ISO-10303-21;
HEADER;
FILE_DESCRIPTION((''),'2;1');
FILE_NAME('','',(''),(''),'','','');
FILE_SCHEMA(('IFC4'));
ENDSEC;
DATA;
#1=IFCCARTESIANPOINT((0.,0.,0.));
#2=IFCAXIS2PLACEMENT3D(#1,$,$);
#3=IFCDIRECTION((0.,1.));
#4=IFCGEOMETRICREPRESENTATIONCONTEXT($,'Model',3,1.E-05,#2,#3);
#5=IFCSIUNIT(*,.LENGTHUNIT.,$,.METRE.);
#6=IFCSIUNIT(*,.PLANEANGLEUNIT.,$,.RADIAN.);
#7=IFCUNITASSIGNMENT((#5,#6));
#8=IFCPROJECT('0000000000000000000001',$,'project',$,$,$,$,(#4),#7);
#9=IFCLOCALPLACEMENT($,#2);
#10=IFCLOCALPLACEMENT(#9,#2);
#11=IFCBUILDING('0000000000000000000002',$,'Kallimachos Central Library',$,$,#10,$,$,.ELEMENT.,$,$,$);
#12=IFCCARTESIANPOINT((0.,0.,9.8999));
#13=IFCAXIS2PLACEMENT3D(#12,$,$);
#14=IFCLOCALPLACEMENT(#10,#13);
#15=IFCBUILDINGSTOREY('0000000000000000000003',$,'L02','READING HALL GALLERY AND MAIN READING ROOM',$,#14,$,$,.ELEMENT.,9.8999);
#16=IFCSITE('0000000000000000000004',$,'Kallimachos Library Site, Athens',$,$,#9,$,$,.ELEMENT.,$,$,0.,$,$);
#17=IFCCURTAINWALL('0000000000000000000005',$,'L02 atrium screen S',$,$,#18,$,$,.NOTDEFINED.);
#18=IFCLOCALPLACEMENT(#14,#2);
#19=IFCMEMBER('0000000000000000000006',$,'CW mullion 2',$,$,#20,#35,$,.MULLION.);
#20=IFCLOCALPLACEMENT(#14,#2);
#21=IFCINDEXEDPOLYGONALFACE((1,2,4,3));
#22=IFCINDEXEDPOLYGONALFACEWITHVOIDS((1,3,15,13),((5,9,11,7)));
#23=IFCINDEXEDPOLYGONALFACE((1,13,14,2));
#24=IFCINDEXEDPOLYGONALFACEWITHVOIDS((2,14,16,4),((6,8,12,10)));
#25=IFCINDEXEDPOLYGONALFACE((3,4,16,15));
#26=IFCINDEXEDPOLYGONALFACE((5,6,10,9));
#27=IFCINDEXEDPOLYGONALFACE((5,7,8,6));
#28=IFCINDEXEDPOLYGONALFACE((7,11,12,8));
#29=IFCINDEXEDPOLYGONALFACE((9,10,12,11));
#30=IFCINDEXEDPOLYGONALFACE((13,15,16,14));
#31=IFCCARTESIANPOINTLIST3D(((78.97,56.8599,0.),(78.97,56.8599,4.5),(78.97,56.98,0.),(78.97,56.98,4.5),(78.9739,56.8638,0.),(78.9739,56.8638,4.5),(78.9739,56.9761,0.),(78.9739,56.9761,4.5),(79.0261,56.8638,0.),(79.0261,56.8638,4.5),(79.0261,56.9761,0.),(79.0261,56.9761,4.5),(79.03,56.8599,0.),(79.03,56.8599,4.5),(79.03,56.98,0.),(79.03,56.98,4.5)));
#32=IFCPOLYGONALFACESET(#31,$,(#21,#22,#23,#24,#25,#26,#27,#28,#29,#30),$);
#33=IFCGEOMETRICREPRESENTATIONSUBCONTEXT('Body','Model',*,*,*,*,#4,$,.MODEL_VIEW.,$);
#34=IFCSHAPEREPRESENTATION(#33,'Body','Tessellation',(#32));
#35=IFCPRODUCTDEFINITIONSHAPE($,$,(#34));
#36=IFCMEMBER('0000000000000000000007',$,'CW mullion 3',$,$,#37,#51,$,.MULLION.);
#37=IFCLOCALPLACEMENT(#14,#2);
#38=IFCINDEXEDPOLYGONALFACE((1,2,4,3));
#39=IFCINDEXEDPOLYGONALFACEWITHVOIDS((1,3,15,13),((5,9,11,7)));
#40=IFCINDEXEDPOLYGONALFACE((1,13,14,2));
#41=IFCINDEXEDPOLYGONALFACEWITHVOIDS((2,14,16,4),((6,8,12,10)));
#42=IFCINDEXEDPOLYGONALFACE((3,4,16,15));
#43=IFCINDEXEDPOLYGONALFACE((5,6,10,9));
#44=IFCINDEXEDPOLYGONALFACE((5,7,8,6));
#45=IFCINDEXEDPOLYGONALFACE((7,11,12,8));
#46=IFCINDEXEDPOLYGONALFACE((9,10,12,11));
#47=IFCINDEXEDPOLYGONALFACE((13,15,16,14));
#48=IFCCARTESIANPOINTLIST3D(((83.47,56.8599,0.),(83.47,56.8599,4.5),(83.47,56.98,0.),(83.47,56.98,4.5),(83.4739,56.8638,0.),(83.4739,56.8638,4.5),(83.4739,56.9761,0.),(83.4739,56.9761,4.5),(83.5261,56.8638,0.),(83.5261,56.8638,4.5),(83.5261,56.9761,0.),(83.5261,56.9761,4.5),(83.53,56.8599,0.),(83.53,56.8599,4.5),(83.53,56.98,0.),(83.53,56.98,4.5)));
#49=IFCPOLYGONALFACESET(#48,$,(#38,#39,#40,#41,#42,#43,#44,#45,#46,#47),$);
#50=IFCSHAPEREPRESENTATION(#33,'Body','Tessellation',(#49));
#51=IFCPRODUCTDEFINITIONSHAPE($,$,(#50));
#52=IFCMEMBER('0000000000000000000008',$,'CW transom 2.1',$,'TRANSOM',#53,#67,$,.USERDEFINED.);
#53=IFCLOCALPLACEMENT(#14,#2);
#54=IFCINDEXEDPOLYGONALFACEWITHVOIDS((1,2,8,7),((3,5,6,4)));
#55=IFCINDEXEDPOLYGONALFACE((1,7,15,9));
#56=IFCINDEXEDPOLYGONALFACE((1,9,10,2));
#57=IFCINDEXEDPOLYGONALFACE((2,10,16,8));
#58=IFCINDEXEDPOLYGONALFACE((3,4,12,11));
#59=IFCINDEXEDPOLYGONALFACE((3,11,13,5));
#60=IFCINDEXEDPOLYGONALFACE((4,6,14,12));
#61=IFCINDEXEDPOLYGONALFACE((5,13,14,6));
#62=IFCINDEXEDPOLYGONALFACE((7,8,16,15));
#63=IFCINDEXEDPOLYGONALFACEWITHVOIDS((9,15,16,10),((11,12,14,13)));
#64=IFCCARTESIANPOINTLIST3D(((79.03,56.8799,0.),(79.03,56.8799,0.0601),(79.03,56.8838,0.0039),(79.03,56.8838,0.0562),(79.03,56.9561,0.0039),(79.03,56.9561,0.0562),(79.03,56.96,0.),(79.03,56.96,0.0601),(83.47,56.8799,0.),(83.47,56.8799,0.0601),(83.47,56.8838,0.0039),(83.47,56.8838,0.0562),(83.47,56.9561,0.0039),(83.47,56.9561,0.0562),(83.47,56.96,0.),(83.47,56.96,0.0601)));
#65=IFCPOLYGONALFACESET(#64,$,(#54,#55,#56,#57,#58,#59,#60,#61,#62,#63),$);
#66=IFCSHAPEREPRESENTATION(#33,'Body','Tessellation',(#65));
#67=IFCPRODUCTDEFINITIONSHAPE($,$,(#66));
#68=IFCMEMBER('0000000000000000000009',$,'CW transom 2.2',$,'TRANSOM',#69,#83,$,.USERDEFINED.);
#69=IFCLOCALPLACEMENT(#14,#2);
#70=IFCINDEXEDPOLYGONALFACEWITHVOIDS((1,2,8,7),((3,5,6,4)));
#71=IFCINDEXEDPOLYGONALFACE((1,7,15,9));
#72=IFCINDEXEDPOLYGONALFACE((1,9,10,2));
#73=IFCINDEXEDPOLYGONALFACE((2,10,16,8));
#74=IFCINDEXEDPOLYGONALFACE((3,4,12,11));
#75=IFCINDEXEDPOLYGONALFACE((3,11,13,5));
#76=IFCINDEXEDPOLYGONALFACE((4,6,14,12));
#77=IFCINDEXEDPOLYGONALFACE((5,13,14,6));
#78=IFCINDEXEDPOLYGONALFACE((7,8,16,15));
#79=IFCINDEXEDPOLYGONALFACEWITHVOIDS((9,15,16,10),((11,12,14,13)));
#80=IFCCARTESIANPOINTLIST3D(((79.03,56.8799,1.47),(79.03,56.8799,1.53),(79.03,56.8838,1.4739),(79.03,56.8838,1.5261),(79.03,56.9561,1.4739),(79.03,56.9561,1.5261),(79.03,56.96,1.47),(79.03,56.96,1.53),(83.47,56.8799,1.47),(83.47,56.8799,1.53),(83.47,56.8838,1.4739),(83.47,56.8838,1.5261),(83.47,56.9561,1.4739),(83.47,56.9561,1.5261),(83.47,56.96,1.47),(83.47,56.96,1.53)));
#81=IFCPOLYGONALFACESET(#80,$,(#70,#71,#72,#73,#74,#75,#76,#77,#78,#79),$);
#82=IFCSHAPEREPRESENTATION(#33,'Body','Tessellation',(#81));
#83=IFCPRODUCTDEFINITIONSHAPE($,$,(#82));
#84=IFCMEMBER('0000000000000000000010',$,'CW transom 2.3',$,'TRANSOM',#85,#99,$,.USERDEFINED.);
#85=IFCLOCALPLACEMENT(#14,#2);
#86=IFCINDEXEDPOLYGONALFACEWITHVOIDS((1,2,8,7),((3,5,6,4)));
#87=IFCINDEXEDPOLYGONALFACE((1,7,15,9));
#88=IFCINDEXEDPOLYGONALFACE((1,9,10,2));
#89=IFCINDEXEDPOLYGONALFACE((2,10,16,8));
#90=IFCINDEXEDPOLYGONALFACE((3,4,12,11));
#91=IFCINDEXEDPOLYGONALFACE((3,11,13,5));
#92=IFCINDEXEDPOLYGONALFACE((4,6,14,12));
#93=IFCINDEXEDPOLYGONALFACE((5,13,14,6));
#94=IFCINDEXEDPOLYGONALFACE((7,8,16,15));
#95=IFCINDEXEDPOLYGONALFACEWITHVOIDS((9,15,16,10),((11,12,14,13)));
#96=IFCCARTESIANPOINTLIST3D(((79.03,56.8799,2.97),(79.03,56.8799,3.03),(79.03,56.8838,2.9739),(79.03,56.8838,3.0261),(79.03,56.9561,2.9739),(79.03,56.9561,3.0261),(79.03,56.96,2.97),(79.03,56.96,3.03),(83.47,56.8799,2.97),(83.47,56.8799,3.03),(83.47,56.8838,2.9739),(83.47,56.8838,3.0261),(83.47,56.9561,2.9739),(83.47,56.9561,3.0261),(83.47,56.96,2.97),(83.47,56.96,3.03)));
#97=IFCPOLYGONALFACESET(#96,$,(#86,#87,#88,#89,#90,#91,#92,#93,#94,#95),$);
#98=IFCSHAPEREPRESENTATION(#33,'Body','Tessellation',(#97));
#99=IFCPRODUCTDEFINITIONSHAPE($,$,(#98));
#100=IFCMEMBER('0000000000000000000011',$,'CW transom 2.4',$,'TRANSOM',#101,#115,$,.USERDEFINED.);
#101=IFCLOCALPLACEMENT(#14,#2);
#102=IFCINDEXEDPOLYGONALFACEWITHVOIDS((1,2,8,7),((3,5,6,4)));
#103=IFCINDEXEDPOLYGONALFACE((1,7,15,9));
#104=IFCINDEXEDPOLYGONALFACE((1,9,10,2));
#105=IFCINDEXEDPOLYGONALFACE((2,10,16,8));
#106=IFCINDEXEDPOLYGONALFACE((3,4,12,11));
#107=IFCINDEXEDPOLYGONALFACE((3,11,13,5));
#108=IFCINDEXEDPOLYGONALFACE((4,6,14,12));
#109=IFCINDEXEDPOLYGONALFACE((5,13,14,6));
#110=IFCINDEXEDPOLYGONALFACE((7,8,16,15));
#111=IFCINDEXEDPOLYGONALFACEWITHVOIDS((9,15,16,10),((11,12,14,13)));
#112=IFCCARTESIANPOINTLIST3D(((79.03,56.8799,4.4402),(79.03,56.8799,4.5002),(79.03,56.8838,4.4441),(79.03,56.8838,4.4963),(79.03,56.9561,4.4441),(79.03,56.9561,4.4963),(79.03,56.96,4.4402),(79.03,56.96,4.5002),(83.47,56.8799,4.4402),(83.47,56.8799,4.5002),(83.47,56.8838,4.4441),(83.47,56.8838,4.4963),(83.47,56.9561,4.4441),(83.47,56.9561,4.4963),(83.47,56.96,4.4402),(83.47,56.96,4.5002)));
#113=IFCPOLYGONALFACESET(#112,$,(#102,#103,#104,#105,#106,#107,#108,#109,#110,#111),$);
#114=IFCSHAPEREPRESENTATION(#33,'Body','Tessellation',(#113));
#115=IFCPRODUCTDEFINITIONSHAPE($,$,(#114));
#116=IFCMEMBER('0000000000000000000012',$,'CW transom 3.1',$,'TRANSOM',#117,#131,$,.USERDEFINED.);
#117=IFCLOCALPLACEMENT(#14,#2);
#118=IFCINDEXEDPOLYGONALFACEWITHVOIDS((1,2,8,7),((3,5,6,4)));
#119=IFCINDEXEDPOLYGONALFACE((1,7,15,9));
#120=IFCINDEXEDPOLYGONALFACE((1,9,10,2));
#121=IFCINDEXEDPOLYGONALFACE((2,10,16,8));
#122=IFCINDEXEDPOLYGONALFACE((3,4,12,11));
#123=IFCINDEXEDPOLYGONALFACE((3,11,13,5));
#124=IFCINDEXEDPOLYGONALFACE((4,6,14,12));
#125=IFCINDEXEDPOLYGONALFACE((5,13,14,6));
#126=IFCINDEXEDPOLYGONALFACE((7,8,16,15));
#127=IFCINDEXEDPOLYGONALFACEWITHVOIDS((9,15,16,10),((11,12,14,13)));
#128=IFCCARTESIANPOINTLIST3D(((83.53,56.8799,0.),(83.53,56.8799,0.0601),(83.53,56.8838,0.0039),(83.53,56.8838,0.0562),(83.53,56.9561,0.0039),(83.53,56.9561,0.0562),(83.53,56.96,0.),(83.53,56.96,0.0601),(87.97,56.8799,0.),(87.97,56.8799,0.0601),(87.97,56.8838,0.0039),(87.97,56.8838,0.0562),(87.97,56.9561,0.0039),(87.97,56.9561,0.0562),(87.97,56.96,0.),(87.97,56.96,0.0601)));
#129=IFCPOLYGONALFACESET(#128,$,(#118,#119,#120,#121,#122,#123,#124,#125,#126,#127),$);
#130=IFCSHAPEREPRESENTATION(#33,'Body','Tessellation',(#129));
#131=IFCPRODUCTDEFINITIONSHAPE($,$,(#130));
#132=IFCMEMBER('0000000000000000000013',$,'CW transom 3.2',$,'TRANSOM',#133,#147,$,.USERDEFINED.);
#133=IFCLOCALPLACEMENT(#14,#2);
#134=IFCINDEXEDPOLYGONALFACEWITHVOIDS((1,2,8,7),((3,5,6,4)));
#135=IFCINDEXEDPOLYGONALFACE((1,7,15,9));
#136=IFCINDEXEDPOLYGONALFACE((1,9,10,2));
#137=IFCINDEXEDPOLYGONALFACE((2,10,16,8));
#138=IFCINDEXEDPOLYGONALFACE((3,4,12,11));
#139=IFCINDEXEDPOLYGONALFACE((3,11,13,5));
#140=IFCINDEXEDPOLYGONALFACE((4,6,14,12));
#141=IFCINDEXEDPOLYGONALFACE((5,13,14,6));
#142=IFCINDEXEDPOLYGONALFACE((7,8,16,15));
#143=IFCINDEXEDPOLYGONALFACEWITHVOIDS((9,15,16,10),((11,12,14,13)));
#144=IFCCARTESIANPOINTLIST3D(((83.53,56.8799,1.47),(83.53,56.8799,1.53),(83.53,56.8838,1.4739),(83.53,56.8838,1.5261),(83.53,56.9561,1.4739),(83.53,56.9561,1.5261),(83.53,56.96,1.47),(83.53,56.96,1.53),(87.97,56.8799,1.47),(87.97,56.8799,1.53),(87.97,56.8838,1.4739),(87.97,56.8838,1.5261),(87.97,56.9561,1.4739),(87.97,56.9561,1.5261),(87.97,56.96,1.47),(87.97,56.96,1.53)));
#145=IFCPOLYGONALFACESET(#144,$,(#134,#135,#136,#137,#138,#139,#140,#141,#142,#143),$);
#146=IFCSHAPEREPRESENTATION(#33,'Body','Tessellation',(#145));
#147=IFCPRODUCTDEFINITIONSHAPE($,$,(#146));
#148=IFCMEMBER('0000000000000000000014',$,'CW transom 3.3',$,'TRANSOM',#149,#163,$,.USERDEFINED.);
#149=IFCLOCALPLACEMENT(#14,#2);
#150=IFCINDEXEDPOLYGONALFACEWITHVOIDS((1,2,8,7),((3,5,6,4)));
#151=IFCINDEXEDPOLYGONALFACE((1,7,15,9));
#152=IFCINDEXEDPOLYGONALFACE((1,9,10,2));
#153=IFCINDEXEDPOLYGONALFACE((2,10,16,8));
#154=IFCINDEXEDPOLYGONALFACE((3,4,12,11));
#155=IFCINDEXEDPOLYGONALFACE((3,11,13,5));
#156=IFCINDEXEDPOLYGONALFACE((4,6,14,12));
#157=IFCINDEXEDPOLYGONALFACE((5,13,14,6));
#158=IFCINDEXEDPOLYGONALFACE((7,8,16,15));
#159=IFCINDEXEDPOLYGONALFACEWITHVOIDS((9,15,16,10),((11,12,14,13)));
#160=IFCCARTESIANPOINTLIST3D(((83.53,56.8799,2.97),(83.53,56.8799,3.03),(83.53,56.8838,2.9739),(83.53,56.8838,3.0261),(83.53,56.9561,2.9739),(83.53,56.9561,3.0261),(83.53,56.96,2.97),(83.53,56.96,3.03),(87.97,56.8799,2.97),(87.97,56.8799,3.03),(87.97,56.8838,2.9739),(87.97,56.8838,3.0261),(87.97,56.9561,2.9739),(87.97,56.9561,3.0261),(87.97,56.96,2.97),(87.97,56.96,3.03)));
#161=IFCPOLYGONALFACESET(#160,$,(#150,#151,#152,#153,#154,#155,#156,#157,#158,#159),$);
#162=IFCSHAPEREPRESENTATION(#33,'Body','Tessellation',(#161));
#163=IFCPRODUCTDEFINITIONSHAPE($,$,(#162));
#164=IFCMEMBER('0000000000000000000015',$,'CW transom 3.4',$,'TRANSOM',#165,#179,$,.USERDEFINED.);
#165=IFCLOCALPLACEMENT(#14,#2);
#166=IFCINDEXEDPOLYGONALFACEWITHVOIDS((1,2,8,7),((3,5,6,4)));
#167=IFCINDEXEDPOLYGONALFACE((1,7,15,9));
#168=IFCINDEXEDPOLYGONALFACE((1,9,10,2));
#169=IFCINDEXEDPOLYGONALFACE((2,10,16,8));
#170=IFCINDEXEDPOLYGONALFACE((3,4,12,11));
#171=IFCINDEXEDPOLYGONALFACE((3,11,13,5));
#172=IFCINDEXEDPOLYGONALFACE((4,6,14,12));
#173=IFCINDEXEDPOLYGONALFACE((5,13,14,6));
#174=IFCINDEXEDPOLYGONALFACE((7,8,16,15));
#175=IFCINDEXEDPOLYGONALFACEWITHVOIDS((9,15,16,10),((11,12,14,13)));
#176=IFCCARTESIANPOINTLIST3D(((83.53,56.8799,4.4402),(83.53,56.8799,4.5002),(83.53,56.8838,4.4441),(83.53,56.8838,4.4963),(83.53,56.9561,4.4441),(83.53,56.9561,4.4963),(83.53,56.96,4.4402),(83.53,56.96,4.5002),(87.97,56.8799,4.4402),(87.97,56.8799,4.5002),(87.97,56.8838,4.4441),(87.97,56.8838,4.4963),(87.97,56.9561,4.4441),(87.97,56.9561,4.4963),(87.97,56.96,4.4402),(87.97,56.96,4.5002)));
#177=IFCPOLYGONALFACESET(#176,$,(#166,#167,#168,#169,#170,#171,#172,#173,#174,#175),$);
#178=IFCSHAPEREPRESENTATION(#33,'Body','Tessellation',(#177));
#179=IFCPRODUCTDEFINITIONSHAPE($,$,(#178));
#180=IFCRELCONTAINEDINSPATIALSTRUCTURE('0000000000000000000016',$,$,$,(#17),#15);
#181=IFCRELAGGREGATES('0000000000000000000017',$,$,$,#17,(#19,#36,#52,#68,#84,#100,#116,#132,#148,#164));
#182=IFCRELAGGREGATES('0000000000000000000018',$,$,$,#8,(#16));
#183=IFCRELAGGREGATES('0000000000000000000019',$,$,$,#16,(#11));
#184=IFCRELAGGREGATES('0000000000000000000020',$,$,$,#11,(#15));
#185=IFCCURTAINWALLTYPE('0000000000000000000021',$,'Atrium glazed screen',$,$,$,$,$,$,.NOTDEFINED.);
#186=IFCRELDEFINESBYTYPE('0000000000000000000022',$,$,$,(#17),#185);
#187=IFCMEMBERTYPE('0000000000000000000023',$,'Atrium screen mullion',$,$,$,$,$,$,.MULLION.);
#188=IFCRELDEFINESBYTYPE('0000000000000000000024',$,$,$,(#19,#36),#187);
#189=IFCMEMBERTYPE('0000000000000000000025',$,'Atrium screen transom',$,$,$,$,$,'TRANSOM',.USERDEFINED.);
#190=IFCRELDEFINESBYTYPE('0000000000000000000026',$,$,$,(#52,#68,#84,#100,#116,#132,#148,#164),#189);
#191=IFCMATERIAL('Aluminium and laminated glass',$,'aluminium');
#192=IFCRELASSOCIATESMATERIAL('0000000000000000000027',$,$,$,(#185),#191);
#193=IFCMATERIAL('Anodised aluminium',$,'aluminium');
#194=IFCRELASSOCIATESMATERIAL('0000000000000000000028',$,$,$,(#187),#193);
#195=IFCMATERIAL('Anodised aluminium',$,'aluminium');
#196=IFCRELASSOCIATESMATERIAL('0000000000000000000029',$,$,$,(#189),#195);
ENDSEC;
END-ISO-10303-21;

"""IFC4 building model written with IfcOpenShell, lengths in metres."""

from ifc_helpers import new_model, si_unit, direction, frame, origin, origin_2d, place, context, subcontext, project, spatial, hollow_rectangle, extrude, material, material_profile, profile_set, type_object, element, aggregate, save


model = new_model("IFC4")

# Units and contexts
model_context = context("Model", 3, precision=1e-05, world=origin(), true_north=direction((0.0, 1.0)))
body_context = subcontext(model_context, "Body", "Model", "MODEL_VIEW")
ifc_project = project(units=[si_unit("LENGTHUNIT", "METRE"), si_unit("PLANEANGLEUNIT", "RADIAN")], contexts=[model_context])

# Site, building, storey
site_placement = place(None, origin())
site = spatial("IfcSite", under=ifc_project, at=site_placement, Name="Kallimachos Library Site, Athens", CompositionType="ELEMENT", RefElevation=0.0)
building_placement = place(site_placement, origin())
building = spatial("IfcBuilding", under=site, at=building_placement, Name="Kallimachos Central Library", CompositionType="ELEMENT")
storey_placement = place(building_placement, frame((0.0, 0.0, 9.8999)))
storey = spatial("IfcBuildingStorey", under=building, at=storey_placement, Name="L02", Description="READING HALL GALLERY AND MAIN READING ROOM", CompositionType="ELEMENT", Elevation=9.8999)

# Curtain wall, members
ifc_material_1 = material(Name="Aluminium and laminated glass", Category="aluminium")
curtain_wall_type = type_object("IfcCurtainWallType", Name="Atrium glazed screen", PredefinedType="NOTDEFINED", material=ifc_material_1)
curtain_wall_placement = place(storey_placement, origin())
curtain_wall = element("IfcCurtainWall", 1, at=curtain_wall_placement, inside=storey, type_object=curtain_wall_type, Name="L02 atrium screen S", PredefinedType="NOTDEFINED")
ifc_material_2 = material(Name="Anodised aluminium", Category="aluminium")
ifc_material_profile_1 = material_profile(ifc_material_2, hollow_rectangle(XDim=0.0601, YDim=0.1201, WallThickness=0.0039, at=origin_2d()), Name="ALU MULLION 60x120")
ifc_profile_set_1 = profile_set([ifc_material_profile_1], Name="Anodised aluminium")
member_type_1 = type_object("IfcMemberType", Name="Atrium screen mullion", PredefinedType="MULLION", material=ifc_profile_set_1)
member_1_placement = place(storey_placement, frame((79.0, 56.9199, 0.0), z_axis=(0.0, 0.0, 1.0), x_axis=(1.0, 0.0, 0.0)))
member_1 = element("IfcMember", 2, at=member_1_placement, type_object=member_type_1, Name="CW mullion 2", PredefinedType="MULLION", context=body_context, shape_type="SweptSolid", body=[
    extrude(hollow_rectangle(XDim=0.0601, YDim=0.1201, WallThickness=0.0039, at=origin_2d()), origin(), (0.0, 0.0, 1.0), 4.5),
])
member_2_placement = place(storey_placement, frame((83.5, 56.9199, 0.0), z_axis=(0.0, 0.0, 1.0), x_axis=(1.0, 0.0, 0.0)))
member_2 = element("IfcMember", 3, at=member_2_placement, type_object=member_type_1, Name="CW mullion 3", PredefinedType="MULLION", context=body_context, shape_type="SweptSolid", body=[
    extrude(hollow_rectangle(XDim=0.0601, YDim=0.1201, WallThickness=0.0039, at=origin_2d()), origin(), (0.0, 0.0, 1.0), 4.5),
])
ifc_material_3 = material(Name="Anodised aluminium", Category="aluminium")
ifc_material_profile_2 = material_profile(ifc_material_3, hollow_rectangle(XDim=0.0601, YDim=0.0801, WallThickness=0.0039, at=origin_2d()), Name="ALU TRANSOM 60x80")
ifc_profile_set_2 = profile_set([ifc_material_profile_2], Name="Anodised aluminium")
member_type_2 = type_object("IfcMemberType", Name="Atrium screen transom", ElementType="TRANSOM", PredefinedType="USERDEFINED", material=ifc_profile_set_2)
member_3_placement = place(storey_placement, frame((79.03, 56.9199, 0.03), z_axis=(1.0, 0.0, 0.0), x_axis=(0.0, 0.0, 1.0)))
member_3 = element("IfcMember", 4, at=member_3_placement, type_object=member_type_2, Name="CW transom 2.1", ObjectType="TRANSOM", PredefinedType="USERDEFINED", context=body_context, shape_type="SweptSolid", body=[
    extrude(hollow_rectangle(XDim=0.0601, YDim=0.0801, WallThickness=0.0039, at=origin_2d()), origin(), (0.0, 0.0, 1.0), 4.4399),
])
member_4_placement = place(storey_placement, frame((79.03, 56.9199, 1.5), z_axis=(1.0, 0.0, 0.0), x_axis=(0.0, 0.0, 1.0)))
member_4 = element("IfcMember", 5, at=member_4_placement, type_object=member_type_2, Name="CW transom 2.2", ObjectType="TRANSOM", PredefinedType="USERDEFINED", context=body_context, shape_type="SweptSolid", body=[
    extrude(hollow_rectangle(XDim=0.0601, YDim=0.0801, WallThickness=0.0039, at=origin_2d()), origin(), (0.0, 0.0, 1.0), 4.4399),
])
member_5_placement = place(storey_placement, frame((79.03, 56.9199, 3.0), z_axis=(1.0, 0.0, 0.0), x_axis=(0.0, 0.0, 1.0)))
member_5 = element("IfcMember", 6, at=member_5_placement, type_object=member_type_2, Name="CW transom 2.3", ObjectType="TRANSOM", PredefinedType="USERDEFINED", context=body_context, shape_type="SweptSolid", body=[
    extrude(hollow_rectangle(XDim=0.0601, YDim=0.0801, WallThickness=0.0039, at=origin_2d()), origin(), (0.0, 0.0, 1.0), 4.4399),
])
member_6_placement = place(storey_placement, frame((79.03, 56.9199, 4.4702), z_axis=(1.0, 0.0, 0.0), x_axis=(0.0, 0.0, 1.0)))
member_6 = element("IfcMember", 7, at=member_6_placement, type_object=member_type_2, Name="CW transom 2.4", ObjectType="TRANSOM", PredefinedType="USERDEFINED", context=body_context, shape_type="SweptSolid", body=[
    extrude(hollow_rectangle(XDim=0.0601, YDim=0.0801, WallThickness=0.0039, at=origin_2d()), origin(), (0.0, 0.0, 1.0), 4.4399),
])
member_7_placement = place(storey_placement, frame((83.53, 56.9199, 0.03), z_axis=(1.0, 0.0, 0.0), x_axis=(0.0, 0.0, 1.0)))
member_7 = element("IfcMember", 8, at=member_7_placement, type_object=member_type_2, Name="CW transom 3.1", ObjectType="TRANSOM", PredefinedType="USERDEFINED", context=body_context, shape_type="SweptSolid", body=[
    extrude(hollow_rectangle(XDim=0.0601, YDim=0.0801, WallThickness=0.0039, at=origin_2d()), origin(), (0.0, 0.0, 1.0), 4.4399),
])
member_8_placement = place(storey_placement, frame((83.53, 56.9199, 1.5), z_axis=(1.0, 0.0, 0.0), x_axis=(0.0, 0.0, 1.0)))
member_8 = element("IfcMember", 9, at=member_8_placement, type_object=member_type_2, Name="CW transom 3.2", ObjectType="TRANSOM", PredefinedType="USERDEFINED", context=body_context, shape_type="SweptSolid", body=[
    extrude(hollow_rectangle(XDim=0.0601, YDim=0.0801, WallThickness=0.0039, at=origin_2d()), origin(), (0.0, 0.0, 1.0), 4.4399),
])
member_9_placement = place(storey_placement, frame((83.53, 56.9199, 3.0), z_axis=(1.0, 0.0, 0.0), x_axis=(0.0, 0.0, 1.0)))
member_9 = element("IfcMember", 10, at=member_9_placement, type_object=member_type_2, Name="CW transom 3.3", ObjectType="TRANSOM", PredefinedType="USERDEFINED", context=body_context, shape_type="SweptSolid", body=[
    extrude(hollow_rectangle(XDim=0.0601, YDim=0.0801, WallThickness=0.0039, at=origin_2d()), origin(), (0.0, 0.0, 1.0), 4.4399),
])
member_10_placement = place(storey_placement, frame((83.53, 56.9199, 4.4702), z_axis=(1.0, 0.0, 0.0), x_axis=(0.0, 0.0, 1.0)))
member_10 = element("IfcMember", 11, at=member_10_placement, type_object=member_type_2, Name="CW transom 3.4", ObjectType="TRANSOM", PredefinedType="USERDEFINED", context=body_context, shape_type="SweptSolid", body=[
    extrude(hollow_rectangle(XDim=0.0601, YDim=0.0801, WallThickness=0.0039, at=origin_2d()), origin(), (0.0, 0.0, 1.0), 4.4399),
])

aggregate(curtain_wall, [member_1, member_2, member_3, member_4, member_5, member_6, member_7, member_8, member_9, member_10])

save(model, "model.ifc")
